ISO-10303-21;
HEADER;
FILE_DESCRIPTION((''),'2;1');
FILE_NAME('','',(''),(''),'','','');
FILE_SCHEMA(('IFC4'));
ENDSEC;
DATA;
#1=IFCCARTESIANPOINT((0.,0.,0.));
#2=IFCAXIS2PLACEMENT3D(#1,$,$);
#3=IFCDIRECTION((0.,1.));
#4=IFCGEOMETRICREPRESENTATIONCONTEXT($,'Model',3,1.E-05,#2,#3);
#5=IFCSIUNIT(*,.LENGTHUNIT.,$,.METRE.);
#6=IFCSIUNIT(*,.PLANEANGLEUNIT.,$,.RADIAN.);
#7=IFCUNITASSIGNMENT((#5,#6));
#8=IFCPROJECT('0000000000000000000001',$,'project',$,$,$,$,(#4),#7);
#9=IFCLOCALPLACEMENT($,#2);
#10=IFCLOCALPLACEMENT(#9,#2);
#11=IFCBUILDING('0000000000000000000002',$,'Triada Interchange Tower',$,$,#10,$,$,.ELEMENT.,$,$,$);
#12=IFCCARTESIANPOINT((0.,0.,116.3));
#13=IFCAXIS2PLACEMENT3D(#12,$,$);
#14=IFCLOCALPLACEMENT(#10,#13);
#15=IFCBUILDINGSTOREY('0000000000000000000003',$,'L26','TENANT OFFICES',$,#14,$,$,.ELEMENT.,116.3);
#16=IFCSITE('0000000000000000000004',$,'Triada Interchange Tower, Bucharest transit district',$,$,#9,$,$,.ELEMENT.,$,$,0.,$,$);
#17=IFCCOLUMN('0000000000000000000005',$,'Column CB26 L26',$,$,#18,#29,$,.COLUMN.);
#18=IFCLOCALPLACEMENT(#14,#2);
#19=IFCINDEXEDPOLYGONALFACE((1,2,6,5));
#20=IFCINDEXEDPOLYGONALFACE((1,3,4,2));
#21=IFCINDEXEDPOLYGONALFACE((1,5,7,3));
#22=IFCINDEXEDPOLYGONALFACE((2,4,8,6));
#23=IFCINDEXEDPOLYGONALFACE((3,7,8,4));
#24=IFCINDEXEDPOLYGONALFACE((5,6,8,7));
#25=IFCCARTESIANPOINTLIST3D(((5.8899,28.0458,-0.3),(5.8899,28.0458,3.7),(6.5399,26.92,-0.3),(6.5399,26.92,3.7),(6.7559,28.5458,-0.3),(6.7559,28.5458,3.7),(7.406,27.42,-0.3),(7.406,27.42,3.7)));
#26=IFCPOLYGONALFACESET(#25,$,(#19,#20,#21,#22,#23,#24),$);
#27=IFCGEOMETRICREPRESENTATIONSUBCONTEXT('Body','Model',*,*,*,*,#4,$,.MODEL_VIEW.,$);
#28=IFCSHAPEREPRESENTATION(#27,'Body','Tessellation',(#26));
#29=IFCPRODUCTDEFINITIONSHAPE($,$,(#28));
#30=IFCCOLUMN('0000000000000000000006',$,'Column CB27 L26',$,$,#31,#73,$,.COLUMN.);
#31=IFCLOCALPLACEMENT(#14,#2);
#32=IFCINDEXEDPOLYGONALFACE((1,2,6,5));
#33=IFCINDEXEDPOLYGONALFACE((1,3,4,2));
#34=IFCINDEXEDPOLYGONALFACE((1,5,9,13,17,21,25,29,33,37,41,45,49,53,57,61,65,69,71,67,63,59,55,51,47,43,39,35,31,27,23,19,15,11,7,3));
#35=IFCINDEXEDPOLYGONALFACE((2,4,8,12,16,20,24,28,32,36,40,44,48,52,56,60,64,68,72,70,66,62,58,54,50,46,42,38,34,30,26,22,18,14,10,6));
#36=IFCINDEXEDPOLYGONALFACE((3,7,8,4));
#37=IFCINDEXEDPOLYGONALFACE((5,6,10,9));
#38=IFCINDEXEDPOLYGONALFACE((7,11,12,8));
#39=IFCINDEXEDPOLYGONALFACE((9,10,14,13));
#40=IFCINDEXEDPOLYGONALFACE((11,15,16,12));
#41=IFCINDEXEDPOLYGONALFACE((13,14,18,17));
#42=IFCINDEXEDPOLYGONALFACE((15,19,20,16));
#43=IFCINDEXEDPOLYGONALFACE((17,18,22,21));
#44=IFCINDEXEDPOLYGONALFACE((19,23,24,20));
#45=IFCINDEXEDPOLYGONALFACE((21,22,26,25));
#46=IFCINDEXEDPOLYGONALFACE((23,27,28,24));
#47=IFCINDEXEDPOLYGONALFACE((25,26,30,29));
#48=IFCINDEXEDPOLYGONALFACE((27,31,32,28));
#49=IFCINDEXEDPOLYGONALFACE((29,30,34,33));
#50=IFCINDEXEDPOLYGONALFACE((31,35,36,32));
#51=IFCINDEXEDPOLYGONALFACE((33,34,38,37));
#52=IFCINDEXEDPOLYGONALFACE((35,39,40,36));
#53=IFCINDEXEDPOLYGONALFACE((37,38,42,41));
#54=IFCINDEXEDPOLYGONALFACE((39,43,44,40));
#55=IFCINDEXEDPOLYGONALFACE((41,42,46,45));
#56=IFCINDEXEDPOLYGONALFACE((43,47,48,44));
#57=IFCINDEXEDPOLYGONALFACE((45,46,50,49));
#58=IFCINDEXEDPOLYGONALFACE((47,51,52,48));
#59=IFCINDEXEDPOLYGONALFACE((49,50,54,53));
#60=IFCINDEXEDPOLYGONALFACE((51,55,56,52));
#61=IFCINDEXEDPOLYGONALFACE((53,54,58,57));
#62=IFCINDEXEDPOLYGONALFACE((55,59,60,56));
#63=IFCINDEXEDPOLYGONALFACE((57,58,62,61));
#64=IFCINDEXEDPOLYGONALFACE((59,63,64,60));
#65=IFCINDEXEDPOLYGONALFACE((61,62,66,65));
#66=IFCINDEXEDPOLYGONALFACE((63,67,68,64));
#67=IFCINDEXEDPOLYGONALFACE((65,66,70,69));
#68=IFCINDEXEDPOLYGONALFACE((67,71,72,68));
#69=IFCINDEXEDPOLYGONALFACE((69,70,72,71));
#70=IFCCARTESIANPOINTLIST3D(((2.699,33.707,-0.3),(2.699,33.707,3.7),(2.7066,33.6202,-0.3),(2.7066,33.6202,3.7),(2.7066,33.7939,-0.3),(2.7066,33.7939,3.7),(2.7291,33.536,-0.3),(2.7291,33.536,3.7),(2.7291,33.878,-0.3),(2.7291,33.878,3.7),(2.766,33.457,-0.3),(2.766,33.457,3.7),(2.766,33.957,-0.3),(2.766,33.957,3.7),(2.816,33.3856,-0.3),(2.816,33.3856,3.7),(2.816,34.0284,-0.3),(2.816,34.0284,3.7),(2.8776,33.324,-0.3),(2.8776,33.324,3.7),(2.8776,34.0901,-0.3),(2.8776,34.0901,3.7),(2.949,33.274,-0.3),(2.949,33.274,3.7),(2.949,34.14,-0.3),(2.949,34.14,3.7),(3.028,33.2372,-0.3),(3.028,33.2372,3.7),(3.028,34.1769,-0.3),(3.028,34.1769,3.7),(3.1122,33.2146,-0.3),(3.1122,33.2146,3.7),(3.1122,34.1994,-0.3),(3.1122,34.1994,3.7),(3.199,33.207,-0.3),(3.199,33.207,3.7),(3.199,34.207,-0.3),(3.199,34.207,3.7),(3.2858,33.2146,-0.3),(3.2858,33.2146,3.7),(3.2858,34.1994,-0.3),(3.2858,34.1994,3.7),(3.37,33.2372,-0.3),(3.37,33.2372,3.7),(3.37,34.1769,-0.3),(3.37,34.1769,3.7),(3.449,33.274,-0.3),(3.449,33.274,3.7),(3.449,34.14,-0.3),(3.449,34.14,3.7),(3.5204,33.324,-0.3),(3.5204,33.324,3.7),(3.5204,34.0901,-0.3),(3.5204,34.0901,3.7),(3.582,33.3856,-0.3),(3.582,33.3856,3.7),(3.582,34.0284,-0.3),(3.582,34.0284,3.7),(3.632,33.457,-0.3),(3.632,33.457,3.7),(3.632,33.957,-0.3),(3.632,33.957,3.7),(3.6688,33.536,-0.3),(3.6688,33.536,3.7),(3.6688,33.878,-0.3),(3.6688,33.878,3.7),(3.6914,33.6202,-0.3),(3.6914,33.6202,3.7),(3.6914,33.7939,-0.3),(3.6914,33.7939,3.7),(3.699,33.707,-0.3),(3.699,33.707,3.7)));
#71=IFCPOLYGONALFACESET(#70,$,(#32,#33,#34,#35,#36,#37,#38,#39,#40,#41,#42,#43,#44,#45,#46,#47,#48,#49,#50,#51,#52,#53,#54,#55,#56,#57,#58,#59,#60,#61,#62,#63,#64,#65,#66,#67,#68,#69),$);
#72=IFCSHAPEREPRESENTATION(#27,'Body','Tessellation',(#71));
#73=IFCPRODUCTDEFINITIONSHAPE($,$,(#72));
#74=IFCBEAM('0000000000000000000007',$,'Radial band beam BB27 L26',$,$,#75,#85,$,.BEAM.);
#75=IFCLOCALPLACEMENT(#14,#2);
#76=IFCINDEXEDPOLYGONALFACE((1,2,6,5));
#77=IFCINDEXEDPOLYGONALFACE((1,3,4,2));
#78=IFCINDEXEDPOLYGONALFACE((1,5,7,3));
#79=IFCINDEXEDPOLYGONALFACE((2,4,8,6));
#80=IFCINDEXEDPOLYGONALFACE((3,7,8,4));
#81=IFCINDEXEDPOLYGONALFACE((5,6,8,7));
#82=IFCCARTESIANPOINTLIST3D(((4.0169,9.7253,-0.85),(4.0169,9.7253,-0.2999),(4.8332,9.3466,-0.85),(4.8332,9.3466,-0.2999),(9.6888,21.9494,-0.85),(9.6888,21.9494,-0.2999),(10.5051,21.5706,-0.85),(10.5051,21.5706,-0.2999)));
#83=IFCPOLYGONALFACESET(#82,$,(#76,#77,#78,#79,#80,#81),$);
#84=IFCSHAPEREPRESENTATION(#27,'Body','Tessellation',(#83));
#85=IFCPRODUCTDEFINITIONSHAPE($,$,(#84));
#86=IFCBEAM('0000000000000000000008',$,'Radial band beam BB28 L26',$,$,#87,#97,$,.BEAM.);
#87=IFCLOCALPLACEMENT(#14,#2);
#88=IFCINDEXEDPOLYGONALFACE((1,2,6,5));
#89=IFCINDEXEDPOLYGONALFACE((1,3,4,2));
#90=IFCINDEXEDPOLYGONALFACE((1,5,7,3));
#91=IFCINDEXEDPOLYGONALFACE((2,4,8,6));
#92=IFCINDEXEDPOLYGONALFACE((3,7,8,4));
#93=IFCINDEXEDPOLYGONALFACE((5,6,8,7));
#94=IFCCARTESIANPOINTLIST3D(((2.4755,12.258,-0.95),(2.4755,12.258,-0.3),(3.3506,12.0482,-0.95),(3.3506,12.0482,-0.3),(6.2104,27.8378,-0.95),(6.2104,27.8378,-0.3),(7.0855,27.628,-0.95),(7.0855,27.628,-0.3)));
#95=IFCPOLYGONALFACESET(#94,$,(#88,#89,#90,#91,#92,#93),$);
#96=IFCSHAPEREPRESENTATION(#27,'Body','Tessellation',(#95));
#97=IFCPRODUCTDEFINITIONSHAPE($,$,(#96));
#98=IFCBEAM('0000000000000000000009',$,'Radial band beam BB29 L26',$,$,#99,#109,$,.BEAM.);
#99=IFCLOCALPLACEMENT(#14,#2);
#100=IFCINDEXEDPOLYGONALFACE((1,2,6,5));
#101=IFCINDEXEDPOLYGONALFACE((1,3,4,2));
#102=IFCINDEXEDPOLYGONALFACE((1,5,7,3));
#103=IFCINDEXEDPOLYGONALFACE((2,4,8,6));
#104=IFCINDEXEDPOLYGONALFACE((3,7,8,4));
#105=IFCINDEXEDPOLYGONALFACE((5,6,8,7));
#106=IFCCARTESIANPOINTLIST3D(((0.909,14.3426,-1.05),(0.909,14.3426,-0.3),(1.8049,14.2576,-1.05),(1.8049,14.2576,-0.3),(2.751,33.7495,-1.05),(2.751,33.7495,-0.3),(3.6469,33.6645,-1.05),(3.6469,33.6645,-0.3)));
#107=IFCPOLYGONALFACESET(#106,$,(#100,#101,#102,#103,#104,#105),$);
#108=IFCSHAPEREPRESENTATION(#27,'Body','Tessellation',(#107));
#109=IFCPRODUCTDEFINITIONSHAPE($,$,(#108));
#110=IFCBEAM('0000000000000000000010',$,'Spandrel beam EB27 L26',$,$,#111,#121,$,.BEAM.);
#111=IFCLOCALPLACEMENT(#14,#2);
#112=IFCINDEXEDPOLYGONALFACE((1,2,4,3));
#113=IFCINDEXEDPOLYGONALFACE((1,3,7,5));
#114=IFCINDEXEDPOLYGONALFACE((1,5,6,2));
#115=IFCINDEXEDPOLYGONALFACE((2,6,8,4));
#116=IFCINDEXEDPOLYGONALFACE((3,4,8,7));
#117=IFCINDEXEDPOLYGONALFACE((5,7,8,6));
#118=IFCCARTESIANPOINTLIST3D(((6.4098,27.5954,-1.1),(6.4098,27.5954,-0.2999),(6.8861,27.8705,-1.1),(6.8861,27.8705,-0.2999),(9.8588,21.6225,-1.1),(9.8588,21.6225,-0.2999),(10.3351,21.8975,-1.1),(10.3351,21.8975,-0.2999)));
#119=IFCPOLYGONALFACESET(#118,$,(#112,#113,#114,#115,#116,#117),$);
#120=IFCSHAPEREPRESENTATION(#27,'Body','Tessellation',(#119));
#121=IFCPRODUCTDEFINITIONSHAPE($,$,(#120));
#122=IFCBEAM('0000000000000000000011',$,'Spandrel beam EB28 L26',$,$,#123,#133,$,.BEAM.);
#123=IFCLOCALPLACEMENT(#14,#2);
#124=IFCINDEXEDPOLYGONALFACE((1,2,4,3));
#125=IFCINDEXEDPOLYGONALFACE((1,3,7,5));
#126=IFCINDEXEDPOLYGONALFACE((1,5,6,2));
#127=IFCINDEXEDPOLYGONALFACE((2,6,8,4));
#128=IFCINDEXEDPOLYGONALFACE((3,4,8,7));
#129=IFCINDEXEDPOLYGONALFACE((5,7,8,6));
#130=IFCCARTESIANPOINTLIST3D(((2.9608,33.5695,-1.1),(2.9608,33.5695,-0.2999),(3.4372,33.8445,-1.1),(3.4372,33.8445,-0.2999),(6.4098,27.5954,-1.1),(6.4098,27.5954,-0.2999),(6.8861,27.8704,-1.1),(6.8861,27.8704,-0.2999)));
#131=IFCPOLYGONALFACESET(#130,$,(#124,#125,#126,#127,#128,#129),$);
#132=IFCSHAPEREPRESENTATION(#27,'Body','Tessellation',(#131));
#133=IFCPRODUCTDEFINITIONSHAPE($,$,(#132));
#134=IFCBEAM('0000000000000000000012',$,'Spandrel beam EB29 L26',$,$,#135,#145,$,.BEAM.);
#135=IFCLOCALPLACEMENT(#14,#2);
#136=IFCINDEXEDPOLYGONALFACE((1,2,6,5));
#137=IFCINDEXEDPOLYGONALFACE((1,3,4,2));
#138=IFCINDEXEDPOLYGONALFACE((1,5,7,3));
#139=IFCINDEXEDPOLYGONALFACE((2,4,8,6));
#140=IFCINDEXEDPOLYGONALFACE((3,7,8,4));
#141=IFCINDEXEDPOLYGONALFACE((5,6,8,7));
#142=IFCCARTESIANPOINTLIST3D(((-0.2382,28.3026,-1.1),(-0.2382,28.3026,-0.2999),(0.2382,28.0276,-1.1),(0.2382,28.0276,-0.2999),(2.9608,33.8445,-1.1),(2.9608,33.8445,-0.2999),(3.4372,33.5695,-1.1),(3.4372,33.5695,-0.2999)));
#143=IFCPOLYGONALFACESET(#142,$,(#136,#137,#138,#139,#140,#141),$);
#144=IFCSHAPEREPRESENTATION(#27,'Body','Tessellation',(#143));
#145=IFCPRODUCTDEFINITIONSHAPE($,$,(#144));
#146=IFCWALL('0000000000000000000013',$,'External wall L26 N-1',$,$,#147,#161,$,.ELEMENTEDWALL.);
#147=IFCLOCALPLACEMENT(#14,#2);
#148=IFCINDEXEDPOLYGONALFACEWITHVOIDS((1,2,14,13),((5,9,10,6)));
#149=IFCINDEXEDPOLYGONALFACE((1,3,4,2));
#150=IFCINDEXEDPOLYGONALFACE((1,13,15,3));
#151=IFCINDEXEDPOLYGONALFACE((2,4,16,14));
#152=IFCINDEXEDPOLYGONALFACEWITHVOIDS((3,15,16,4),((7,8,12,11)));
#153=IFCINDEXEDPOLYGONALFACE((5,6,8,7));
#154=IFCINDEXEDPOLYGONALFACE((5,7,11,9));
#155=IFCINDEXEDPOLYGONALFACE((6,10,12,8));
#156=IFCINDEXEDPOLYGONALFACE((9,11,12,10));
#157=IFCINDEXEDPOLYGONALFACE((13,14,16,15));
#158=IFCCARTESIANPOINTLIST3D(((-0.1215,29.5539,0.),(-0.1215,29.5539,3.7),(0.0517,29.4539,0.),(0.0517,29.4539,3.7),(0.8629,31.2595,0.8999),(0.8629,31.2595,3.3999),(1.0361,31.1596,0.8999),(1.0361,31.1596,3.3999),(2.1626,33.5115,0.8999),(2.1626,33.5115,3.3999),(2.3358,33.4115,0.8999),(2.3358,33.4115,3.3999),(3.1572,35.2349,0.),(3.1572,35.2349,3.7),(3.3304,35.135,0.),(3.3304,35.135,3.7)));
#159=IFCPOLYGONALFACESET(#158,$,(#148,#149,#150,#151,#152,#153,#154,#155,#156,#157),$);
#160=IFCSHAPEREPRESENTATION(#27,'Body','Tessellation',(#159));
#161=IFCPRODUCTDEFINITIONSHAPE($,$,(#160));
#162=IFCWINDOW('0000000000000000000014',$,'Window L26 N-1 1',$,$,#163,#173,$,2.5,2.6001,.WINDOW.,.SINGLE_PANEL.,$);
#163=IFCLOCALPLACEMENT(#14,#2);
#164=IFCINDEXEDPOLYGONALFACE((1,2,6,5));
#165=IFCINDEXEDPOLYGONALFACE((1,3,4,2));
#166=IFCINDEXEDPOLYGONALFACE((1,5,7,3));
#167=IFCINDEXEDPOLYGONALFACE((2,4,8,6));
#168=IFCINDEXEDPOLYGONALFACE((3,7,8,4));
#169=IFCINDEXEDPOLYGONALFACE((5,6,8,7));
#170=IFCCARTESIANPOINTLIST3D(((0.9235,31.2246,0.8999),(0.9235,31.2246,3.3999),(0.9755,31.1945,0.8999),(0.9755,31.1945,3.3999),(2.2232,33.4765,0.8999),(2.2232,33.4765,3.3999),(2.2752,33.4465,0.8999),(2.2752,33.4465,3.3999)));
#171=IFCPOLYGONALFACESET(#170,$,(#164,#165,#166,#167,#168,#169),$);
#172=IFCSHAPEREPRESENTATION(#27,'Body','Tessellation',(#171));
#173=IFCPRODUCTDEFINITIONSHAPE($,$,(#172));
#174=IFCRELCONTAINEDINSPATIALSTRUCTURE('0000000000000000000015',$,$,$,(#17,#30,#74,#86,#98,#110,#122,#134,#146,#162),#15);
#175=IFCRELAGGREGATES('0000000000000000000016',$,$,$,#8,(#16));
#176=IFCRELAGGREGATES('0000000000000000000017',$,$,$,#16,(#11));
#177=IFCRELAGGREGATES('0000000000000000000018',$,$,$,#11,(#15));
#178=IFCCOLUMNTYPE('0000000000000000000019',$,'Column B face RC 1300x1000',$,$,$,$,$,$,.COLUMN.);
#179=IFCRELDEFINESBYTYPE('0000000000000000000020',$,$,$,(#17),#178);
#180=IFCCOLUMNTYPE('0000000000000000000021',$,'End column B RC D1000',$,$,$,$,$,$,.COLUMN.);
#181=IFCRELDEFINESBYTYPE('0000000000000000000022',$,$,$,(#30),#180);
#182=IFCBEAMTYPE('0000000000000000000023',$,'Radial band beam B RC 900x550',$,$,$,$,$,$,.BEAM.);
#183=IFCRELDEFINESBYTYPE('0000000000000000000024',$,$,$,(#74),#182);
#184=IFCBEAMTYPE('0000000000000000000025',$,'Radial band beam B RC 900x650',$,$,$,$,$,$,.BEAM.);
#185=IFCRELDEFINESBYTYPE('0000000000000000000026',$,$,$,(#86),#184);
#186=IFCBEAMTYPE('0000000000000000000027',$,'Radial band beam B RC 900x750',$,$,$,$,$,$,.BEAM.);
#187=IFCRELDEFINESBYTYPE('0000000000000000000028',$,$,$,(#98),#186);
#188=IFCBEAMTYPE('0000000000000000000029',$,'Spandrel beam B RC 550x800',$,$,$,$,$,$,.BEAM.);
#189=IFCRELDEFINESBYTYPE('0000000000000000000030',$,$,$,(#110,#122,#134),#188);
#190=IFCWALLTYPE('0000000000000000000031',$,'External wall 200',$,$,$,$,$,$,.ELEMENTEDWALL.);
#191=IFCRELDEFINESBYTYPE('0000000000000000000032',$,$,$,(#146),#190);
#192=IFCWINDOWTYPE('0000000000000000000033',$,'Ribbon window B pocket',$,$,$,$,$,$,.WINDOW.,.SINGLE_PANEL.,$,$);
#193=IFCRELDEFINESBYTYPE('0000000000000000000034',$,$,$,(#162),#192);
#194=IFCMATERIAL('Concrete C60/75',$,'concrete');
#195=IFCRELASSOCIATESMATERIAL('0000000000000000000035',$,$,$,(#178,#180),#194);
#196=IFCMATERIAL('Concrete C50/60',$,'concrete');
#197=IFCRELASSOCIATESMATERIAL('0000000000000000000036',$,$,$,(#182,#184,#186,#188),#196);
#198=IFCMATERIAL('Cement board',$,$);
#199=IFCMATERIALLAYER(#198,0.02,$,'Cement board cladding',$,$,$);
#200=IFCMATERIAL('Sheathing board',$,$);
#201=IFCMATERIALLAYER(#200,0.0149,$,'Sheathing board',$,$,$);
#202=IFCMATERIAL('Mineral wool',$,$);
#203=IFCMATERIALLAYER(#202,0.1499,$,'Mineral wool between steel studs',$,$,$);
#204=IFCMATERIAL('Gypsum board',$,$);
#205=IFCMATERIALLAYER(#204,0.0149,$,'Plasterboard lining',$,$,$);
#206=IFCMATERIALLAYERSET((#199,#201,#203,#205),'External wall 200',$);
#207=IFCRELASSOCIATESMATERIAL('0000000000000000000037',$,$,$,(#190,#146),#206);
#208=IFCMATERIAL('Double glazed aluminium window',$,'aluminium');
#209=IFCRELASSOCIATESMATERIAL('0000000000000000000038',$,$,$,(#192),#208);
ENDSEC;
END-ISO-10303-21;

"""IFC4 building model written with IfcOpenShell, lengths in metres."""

from ifc_helpers import new_model, si_unit, direction, frame, frame_2d, origin, origin_2d, place, context, subcontext, project, spatial, rectangle, circle, extrude, material, layer, layer_set, layer_usage, material_profile, profile_set, type_object, element, fill, save


model = new_model("IFC4")

# Units and contexts
model_context = context("Model", 3, precision=1e-05, world=origin(), true_north=direction((0.0, 1.0)))
body_context = subcontext(model_context, "Body", "Model", "MODEL_VIEW")
ifc_project = project(units=[si_unit("LENGTHUNIT", "METRE"), si_unit("PLANEANGLEUNIT", "RADIAN")], contexts=[model_context])

# Site, building, storey
site_placement = place(None, origin())
site = spatial("IfcSite", under=ifc_project, at=site_placement, Name="Triada Interchange Tower, Bucharest transit district", CompositionType="ELEMENT", RefElevation=0.0)
building_placement = place(site_placement, origin())
building = spatial("IfcBuilding", under=site, at=building_placement, Name="Triada Interchange Tower", CompositionType="ELEMENT")
storey_placement = place(building_placement, frame((0.0, 0.0, 116.3)))
storey = spatial("IfcBuildingStorey", under=building, at=storey_placement, Name="L26", Description="TENANT OFFICES", CompositionType="ELEMENT", Elevation=116.3)

# Columns
ifc_material_1 = material(Name="Concrete C60/75", Category="concrete")
ifc_material_profile_1 = material_profile(ifc_material_1, rectangle(XDim=1.3, YDim=1.0, at=origin_2d()), Name="RC 1300x1000")
ifc_profile_set_1 = profile_set([ifc_material_profile_1], Name="Concrete C60/75")
column_type_1 = type_object("IfcColumnType", Name="Column B face RC 1300x1000", PredefinedType="COLUMN", material=ifc_profile_set_1)
column_1_placement = place(storey_placement, frame((6.6479, 27.7329, -0.3), z_axis=(0.0, 0.0, 1.0), x_axis=(-0.5, 0.866025, 0.0)))
element("IfcColumn", 1, at=column_1_placement, inside=storey, type_object=column_type_1, Name="Column CB26 L26", PredefinedType="COLUMN", context=body_context, shape_type="SweptSolid", body=[
    extrude(rectangle(XDim=1.3, YDim=1.0, at=origin_2d()), origin(), (0.0, 0.0, 1.0), 4.0),
])
ifc_material_profile_2 = material_profile(ifc_material_1, circle(Radius=0.5, at=origin_2d()), Name="RC D1000")
ifc_profile_set_2 = profile_set([ifc_material_profile_2], Name="Concrete C60/75")
column_type_2 = type_object("IfcColumnType", Name="End column B RC D1000", PredefinedType="COLUMN", material=ifc_profile_set_2)
column_2_placement = place(storey_placement, frame((3.199, 33.707, -0.3), z_axis=(0.0, 0.0, 1.0), x_axis=(-0.5, 0.866025, 0.0)))
element("IfcColumn", 2, at=column_2_placement, inside=storey, type_object=column_type_2, Name="Column CB27 L26", PredefinedType="COLUMN", context=body_context, shape_type="SweptSolid", body=[
    extrude(circle(Radius=0.5, at=origin_2d()), origin(), (0.0, 0.0, 1.0), 4.0),
])

# Beams
ifc_material_2 = material(Name="Concrete C50/60", Category="concrete")
ifc_material_profile_3 = material_profile(ifc_material_2, rectangle(XDim=0.8999, YDim=0.55, at=origin_2d()), Name="RC 900x550")
ifc_profile_set_3 = profile_set([ifc_material_profile_3], Name="Concrete C50/60")
beam_type_1 = type_object("IfcBeamType", Name="Radial band beam B RC 900x550", PredefinedType="BEAM", material=ifc_profile_set_3)
beam_1_placement = place(storey_placement, frame((10.0969, 21.76, -0.575), z_axis=(-0.420891, -0.907111, 0.0), x_axis=(0.907111, -0.420891, 0.0)))
element("IfcBeam", 3, at=beam_1_placement, inside=storey, type_object=beam_type_1, Name="Radial band beam BB27 L26", PredefinedType="BEAM", context=body_context, shape_type="SweptSolid", body=[
    extrude(rectangle(XDim=0.8999, YDim=0.55, at=origin_2d()), origin(), (0.0, 0.0, 1.0), 13.4758),
])
ifc_material_profile_4 = material_profile(ifc_material_2, rectangle(XDim=0.8999, YDim=0.6499, at=origin_2d()), Name="RC 900x650")
ifc_profile_set_4 = profile_set([ifc_material_profile_4], Name="Concrete C50/60")
beam_type_2 = type_object("IfcBeamType", Name="Radial band beam B RC 900x650", PredefinedType="BEAM", material=ifc_profile_set_4)
beam_2_placement = place(storey_placement, frame((6.6479, 27.7329, -0.625), z_axis=(-0.233119, -0.972448, 0.0), x_axis=(0.972448, -0.233119, 0.0)))
element("IfcBeam", 4, at=beam_2_placement, inside=storey, type_object=beam_type_2, Name="Radial band beam BB28 L26", PredefinedType="BEAM", context=body_context, shape_type="SweptSolid", body=[
    extrude(rectangle(XDim=0.8999, YDim=0.6499, at=origin_2d()), origin(), (0.0, 0.0, 1.0), 16.0212),
])
ifc_material_profile_5 = material_profile(ifc_material_2, rectangle(XDim=0.8999, YDim=0.75, at=origin_2d()), Name="RC 900x750")
ifc_profile_set_5 = profile_set([ifc_material_profile_5], Name="Concrete C50/60")
beam_type_3 = type_object("IfcBeamType", Name="Radial band beam B RC 900x750", PredefinedType="BEAM", material=ifc_profile_set_5)
beam_3_placement = place(storey_placement, frame((3.199, 33.707, -0.675), z_axis=(-0.094492, -0.995526, 0.0), x_axis=(0.995526, -0.094492, 0.0)))
element("IfcBeam", 5, at=beam_3_placement, inside=storey, type_object=beam_type_3, Name="Radial band beam BB29 L26", PredefinedType="BEAM", context=body_context, shape_type="SweptSolid", body=[
    extrude(rectangle(XDim=0.8999, YDim=0.75, at=origin_2d()), origin(), (0.0, 0.0, 1.0), 19.4941),
])
ifc_material_profile_6 = material_profile(ifc_material_2, rectangle(XDim=0.55, YDim=0.8, at=origin_2d()), Name="RC 550x800")
ifc_profile_set_6 = profile_set([ifc_material_profile_6], Name="Concrete C50/60")
beam_type_4 = type_object("IfcBeamType", Name="Spandrel beam B RC 550x800", PredefinedType="BEAM", material=ifc_profile_set_6)
beam_4_placement = place(storey_placement, frame((10.0969, 21.76, -0.7), z_axis=(-0.500056, 0.865993, 0.0), x_axis=(-0.865993, -0.500056, 0.0)))
element("IfcBeam", 6, at=beam_4_placement, inside=storey, type_object=beam_type_4, Name="Spandrel beam EB27 L26", PredefinedType="BEAM", context=body_context, shape_type="SweptSolid", body=[
    extrude(rectangle(XDim=0.55, YDim=0.8, at=origin_2d()), origin(), (0.0, 0.0, 1.0), 6.8972),
])
beam_5_placement = place(storey_placement, frame((6.6479, 27.7329, -0.7), z_axis=(-0.49998, 0.866037, 0.0), x_axis=(-0.866037, -0.49998, 0.0)))
element("IfcBeam", 7, at=beam_5_placement, inside=storey, type_object=beam_type_4, Name="Spandrel beam EB28 L26", PredefinedType="BEAM", context=body_context, shape_type="SweptSolid", body=[
    extrude(rectangle(XDim=0.55, YDim=0.8, at=origin_2d()), origin(), (0.0, 0.0, 1.0), 6.8982),
])
beam_6_placement = place(storey_placement, frame((3.199, 33.707, -0.7), z_axis=(-0.499918, -0.866073, 0.0), x_axis=(0.866073, -0.499918, 0.0)))
element("IfcBeam", 8, at=beam_6_placement, inside=storey, type_object=beam_type_4, Name="Spandrel beam EB29 L26", PredefinedType="BEAM", context=body_context, shape_type="SweptSolid", body=[
    extrude(rectangle(XDim=0.55, YDim=0.8, at=origin_2d()), origin(), (0.0, 0.0, 1.0), 6.3989),
])

# Wall, opening, window
ifc_material_3 = material(Name="Cement board")
ifc_layer_1 = layer(ifc_material_3, 0.02, Name="Cement board cladding")
ifc_material_4 = material(Name="Sheathing board")
ifc_layer_2 = layer(ifc_material_4, 0.0149, Name="Sheathing board")
ifc_material_5 = material(Name="Mineral wool")
ifc_layer_3 = layer(ifc_material_5, 0.1499, Name="Mineral wool between steel studs")
ifc_material_6 = material(Name="Gypsum board")
ifc_layer_4 = layer(ifc_material_6, 0.0149, Name="Plasterboard lining")
ifc_layer_set_1 = layer_set([ifc_layer_1, ifc_layer_2, ifc_layer_3, ifc_layer_4], Name="External wall 200")
ifc_layer_usage = layer_usage(ifc_layer_set_1, "AXIS2", "POSITIVE", -0.1001)
wall_type_1 = type_object("IfcWallType", Name="External wall 200", PredefinedType="ELEMENTEDWALL", material=ifc_layer_set_1)
wall_1_placement = place(storey_placement, frame((3.2439, 35.1851, 0.0), z_axis=(0.0, 0.0, 1.0), x_axis=(-0.499862, -0.866105, 0.0)))
wall_1 = element("IfcWall", 9, at=wall_1_placement, inside=storey, type_object=wall_type_1, material=ifc_layer_usage, Name="External wall L26 N-1", PredefinedType="ELEMENTEDWALL", context=body_context, shape_type="SweptSolid", body=[
    extrude(rectangle(XDim=6.5593, YDim=0.2, at=frame_2d((3.2798, 0.0))), origin(), (0.0, 0.0, 1.0), 3.7),
])
opening_1_placement = place(wall_1_placement, frame((1.99, 0.0, 0.8999)))
opening_1 = element("IfcOpeningElement", 10, at=opening_1_placement, cuts=wall_1, PredefinedType="OPENING", context=body_context, shape_type="SweptSolid", body=[
    extrude(rectangle(XDim=2.6001, YDim=2.5, at=frame_2d((1.3, 1.25))), frame((0.0, 0.1099, 0.0), z_axis=(0.0, -1.0, 0.0), x_axis=(1.0, 0.0, 0.0)), (0.0, 0.0, 1.0), 0.22),
])
ifc_material_7 = material(Name="Double glazed aluminium window", Category="aluminium")
window_type = type_object("IfcWindowType", Name="Ribbon window B pocket", PartitioningType="SINGLE_PANEL", PredefinedType="WINDOW", material=ifc_material_7)
window_1_placement = place(opening_1_placement, origin())
window_1 = element("IfcWindow", 11, at=window_1_placement, inside=storey, type_object=window_type, Name="Window L26 N-1 1", OverallHeight=2.5, OverallWidth=2.6001, PartitioningType="SINGLE_PANEL", PredefinedType="WINDOW", context=body_context, shape_type="SweptSolid", body=[
    extrude(rectangle(XDim=2.6001, YDim=2.5, at=frame_2d((1.3, 1.25))), frame((0.0, 0.03, 0.0), z_axis=(0.0, -1.0, 0.0), x_axis=(1.0, 0.0, 0.0)), (0.0, 0.0, 1.0), 0.0601),
])
fill(opening_1, window_1)

save(model, "model.ifc")
